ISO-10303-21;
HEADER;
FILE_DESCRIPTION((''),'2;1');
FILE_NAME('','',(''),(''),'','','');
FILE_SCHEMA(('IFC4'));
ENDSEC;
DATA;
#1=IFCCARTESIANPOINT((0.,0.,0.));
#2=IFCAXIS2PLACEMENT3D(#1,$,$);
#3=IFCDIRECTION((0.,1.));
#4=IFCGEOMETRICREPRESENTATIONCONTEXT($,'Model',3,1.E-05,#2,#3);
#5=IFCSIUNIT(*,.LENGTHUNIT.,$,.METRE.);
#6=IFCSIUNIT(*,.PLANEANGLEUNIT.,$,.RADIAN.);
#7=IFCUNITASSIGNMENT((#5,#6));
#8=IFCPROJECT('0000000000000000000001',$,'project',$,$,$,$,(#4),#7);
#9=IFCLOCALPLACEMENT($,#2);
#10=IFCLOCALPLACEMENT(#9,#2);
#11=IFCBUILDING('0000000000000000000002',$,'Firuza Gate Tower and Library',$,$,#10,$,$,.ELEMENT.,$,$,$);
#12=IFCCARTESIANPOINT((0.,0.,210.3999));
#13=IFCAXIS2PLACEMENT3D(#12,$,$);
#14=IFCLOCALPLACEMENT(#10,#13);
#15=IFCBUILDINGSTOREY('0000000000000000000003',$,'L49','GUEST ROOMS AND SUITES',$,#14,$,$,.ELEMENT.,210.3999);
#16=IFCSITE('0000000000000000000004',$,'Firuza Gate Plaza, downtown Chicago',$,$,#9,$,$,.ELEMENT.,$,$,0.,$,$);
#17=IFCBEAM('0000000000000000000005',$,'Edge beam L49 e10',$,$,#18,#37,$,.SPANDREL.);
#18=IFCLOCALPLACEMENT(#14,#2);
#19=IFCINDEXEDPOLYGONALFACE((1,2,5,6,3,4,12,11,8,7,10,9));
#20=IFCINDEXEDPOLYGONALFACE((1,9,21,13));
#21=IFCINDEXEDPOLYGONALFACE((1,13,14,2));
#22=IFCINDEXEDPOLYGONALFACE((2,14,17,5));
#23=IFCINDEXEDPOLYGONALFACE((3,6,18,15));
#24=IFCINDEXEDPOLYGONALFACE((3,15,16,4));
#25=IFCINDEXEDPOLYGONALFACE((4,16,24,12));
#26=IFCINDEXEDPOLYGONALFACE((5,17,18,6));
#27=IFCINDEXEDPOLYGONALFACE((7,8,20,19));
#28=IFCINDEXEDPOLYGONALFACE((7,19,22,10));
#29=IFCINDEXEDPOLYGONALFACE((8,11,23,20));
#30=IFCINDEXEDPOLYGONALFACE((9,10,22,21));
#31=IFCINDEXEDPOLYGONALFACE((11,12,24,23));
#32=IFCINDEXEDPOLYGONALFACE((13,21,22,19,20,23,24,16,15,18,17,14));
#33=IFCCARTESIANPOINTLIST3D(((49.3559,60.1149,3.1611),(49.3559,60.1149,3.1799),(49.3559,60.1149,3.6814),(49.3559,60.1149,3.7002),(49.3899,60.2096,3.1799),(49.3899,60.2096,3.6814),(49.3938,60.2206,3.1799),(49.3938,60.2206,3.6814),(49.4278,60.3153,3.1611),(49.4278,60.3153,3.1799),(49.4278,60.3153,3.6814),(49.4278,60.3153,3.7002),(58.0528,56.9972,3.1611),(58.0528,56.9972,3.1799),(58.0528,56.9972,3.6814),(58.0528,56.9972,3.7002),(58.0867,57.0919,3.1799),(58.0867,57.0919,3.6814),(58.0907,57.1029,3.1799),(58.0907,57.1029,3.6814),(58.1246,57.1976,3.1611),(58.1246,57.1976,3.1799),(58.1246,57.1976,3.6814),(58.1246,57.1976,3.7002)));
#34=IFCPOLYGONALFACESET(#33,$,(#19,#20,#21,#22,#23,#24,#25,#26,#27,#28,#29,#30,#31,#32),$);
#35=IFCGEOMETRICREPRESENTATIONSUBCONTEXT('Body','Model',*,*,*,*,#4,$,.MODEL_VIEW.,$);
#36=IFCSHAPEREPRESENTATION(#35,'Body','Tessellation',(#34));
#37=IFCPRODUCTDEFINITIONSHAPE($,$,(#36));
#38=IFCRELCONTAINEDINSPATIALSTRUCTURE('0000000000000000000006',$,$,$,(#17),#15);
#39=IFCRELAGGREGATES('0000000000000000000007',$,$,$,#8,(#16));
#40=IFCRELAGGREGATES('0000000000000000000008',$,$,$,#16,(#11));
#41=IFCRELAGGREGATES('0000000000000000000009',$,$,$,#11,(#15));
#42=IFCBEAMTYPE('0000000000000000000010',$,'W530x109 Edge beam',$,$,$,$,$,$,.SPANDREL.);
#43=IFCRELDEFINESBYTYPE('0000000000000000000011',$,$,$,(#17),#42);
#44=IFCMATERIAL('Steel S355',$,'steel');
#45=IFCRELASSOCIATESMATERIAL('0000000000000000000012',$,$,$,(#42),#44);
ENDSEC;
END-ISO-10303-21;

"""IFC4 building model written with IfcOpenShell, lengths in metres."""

from ifc_helpers import new_model, si_unit, direction, frame, origin, origin_2d, place, context, subcontext, project, spatial, i_section, extrude, material, material_profile, profile_set, type_object, element, save


model = new_model("IFC4")

# Units and contexts
model_context = context("Model", 3, precision=1e-05, world=origin(), true_north=direction((0.0, 1.0)))
body_context = subcontext(model_context, "Body", "Model", "MODEL_VIEW")
ifc_project = project(units=[si_unit("LENGTHUNIT", "METRE"), si_unit("PLANEANGLEUNIT", "RADIAN")], contexts=[model_context])

# Site, building, storey
site_placement = place(None, origin())
site = spatial("IfcSite", under=ifc_project, at=site_placement, Name="Firuza Gate Plaza, downtown Chicago", CompositionType="ELEMENT", RefElevation=0.0)
building_placement = place(site_placement, origin())
building = spatial("IfcBuilding", under=site, at=building_placement, Name="Firuza Gate Tower and Library", CompositionType="ELEMENT")
storey_placement = place(building_placement, frame((0.0, 0.0, 210.3999)))
storey = spatial("IfcBuildingStorey", under=building, at=storey_placement, Name="L49", Description="GUEST ROOMS AND SUITES", CompositionType="ELEMENT", Elevation=210.3999)

# Beam
ifc_material_1 = material(Name="Steel S355", Category="steel")
ifc_material_profile_1 = material_profile(ifc_material_1, i_section(OverallWidth=0.2129, OverallDepth=0.5391, WebThickness=0.0117, FlangeThickness=0.0188, at=origin_2d()))
ifc_profile_set_1 = profile_set([ifc_material_profile_1], Name="Steel S355")
beam_type_1 = type_object("IfcBeamType", Name="W530x109 Edge beam", PredefinedType="SPANDREL", material=ifc_profile_set_1)
beam_1_placement = place(storey_placement, frame((49.3918, 60.2151, 3.4307), z_axis=(0.941341, -0.337458, 0.0), x_axis=(0.337458, 0.941341, 0.0)))
element("IfcBeam", 1, at=beam_1_placement, inside=storey, type_object=beam_type_1, Name="Edge beam L49 e10", PredefinedType="SPANDREL", context=body_context, shape_type="SweptSolid", body=[
    extrude(i_section(OverallWidth=0.2129, OverallDepth=0.5391, WebThickness=0.0117, FlangeThickness=0.0188, at=origin_2d()), origin(), (0.0, 0.0, 1.0), 9.2388),
])

save(model, "model.ifc")
